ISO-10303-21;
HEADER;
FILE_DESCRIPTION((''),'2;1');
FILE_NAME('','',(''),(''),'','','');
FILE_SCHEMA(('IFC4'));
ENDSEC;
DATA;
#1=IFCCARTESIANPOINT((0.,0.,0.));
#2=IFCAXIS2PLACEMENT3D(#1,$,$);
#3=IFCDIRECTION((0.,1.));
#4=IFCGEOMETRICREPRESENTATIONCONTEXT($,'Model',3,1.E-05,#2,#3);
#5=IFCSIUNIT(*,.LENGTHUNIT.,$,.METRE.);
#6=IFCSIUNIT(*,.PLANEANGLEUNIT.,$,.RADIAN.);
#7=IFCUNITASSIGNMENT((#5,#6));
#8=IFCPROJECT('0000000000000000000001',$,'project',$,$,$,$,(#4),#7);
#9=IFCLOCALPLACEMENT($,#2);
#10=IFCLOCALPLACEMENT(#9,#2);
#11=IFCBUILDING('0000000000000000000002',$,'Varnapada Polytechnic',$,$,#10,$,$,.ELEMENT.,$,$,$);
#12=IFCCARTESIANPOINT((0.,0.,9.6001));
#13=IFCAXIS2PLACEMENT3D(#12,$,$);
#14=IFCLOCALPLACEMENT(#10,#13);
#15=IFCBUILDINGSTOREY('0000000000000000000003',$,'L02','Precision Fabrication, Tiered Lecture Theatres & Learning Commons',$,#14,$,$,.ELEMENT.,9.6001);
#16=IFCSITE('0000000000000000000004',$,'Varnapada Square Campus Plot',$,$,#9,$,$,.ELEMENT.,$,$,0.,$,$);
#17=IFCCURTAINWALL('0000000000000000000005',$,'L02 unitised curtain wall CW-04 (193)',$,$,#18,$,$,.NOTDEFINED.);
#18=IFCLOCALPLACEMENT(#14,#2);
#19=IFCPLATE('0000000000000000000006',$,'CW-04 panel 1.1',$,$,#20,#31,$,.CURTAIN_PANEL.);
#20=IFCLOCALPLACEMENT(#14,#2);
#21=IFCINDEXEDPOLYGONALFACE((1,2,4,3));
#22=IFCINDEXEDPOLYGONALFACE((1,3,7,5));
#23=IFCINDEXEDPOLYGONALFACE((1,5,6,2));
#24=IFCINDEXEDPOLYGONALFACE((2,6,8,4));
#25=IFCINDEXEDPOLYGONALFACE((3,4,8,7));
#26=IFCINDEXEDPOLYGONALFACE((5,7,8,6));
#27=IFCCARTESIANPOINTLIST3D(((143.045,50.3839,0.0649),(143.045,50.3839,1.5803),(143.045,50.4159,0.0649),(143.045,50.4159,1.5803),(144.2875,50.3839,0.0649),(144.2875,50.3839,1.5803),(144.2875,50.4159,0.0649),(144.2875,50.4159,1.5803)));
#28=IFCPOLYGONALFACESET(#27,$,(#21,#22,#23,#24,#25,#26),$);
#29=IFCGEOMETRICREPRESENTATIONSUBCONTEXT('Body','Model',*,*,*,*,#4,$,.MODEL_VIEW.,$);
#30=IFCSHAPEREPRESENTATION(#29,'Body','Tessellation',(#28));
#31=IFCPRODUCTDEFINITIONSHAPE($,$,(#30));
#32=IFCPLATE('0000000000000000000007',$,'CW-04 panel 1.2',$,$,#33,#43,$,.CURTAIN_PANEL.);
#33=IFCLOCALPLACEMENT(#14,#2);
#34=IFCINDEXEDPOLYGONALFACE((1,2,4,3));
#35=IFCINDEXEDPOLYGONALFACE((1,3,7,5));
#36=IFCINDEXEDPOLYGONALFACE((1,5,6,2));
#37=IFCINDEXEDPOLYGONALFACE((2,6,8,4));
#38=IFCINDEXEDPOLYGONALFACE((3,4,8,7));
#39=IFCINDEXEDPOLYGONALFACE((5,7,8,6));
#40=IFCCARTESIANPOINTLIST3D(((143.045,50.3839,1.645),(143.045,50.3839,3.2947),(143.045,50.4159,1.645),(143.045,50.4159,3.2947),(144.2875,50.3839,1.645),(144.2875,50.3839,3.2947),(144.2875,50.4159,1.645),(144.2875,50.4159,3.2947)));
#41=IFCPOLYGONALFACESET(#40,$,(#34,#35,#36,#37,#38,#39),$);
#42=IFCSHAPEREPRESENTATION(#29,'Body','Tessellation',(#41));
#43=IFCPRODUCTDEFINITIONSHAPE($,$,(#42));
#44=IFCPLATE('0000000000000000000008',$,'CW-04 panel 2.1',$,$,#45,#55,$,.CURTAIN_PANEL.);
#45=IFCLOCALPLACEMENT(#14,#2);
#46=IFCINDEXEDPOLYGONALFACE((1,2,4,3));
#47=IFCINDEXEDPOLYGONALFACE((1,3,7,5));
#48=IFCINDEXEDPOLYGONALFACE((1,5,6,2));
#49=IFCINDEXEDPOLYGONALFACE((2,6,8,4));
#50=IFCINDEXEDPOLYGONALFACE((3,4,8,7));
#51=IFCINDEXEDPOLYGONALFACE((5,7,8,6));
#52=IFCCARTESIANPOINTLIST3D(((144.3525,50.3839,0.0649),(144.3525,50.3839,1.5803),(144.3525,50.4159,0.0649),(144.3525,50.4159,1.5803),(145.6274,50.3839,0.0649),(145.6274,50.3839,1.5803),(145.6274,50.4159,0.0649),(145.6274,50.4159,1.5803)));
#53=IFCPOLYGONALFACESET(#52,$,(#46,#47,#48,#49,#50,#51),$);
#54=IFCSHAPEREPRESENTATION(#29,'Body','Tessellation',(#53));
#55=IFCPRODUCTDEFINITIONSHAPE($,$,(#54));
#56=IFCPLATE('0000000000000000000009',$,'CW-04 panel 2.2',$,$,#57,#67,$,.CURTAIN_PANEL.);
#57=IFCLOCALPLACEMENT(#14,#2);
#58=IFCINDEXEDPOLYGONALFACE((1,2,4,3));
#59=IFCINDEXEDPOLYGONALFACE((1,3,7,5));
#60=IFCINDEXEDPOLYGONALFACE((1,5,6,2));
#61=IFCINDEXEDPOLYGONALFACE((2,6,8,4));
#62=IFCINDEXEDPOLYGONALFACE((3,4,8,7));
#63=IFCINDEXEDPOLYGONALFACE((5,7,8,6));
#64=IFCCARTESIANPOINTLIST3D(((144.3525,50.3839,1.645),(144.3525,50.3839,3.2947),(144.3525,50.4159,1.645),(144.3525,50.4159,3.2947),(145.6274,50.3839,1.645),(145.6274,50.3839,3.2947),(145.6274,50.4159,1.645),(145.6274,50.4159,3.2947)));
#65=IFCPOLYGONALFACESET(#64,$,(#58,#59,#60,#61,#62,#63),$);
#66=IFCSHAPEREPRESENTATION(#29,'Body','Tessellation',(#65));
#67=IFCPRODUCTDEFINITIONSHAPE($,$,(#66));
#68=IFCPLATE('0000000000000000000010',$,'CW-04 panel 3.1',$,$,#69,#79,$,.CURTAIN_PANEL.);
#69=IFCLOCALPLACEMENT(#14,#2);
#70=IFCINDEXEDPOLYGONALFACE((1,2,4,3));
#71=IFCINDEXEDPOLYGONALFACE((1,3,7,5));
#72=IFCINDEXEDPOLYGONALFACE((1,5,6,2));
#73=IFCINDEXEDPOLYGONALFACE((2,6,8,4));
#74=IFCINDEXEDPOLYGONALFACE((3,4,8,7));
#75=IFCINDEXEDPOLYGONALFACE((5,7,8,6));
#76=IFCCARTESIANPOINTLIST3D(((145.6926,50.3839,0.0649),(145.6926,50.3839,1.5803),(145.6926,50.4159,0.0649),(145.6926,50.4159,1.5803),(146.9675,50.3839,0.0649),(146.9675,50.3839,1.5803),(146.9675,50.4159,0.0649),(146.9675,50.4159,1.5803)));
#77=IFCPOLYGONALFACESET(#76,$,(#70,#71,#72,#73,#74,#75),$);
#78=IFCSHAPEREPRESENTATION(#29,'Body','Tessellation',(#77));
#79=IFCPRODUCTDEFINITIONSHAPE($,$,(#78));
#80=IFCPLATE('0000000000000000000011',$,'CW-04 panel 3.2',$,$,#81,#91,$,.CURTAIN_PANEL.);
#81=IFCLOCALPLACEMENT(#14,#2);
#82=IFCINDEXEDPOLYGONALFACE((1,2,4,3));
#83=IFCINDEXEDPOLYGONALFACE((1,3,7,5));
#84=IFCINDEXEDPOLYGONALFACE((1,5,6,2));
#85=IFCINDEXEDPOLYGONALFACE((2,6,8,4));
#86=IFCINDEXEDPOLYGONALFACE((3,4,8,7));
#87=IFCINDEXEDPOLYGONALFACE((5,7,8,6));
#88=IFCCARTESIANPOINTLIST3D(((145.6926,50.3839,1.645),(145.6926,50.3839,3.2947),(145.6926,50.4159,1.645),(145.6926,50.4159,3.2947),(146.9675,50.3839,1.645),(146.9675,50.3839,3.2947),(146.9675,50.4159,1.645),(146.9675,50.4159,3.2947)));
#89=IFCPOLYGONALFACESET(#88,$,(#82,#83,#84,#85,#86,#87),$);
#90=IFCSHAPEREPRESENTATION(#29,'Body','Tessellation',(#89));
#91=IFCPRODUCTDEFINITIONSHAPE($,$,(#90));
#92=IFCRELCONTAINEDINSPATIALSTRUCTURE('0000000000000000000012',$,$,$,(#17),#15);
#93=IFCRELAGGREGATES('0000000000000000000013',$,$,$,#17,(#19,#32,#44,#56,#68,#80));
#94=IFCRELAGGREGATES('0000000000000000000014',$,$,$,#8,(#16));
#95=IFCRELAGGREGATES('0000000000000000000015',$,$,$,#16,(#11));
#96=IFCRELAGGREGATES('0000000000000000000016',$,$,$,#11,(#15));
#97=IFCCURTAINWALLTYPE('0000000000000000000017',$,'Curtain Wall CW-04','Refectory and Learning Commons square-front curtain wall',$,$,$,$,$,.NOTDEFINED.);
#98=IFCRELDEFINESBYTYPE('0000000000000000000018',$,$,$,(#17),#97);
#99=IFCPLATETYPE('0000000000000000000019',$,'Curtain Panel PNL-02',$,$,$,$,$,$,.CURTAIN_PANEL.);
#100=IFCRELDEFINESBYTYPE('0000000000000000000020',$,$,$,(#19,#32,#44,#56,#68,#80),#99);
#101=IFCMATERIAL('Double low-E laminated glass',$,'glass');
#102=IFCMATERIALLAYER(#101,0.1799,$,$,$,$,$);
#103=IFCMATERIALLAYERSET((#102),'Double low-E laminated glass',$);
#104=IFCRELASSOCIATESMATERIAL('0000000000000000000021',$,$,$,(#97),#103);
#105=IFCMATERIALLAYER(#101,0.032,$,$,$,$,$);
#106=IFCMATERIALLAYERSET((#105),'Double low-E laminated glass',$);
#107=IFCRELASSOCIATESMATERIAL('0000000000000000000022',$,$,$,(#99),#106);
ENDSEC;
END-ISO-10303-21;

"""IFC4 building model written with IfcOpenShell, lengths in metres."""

from ifc_helpers import new_model, si_unit, direction, frame, origin, origin_2d, place, context, subcontext, project, spatial, rectangle, extrude, material, layer, layer_set, type_object, element, aggregate, save


model = new_model("IFC4")

# Units and contexts
model_context = context("Model", 3, precision=1e-05, world=origin(), true_north=direction((0.0, 1.0)))
body_context = subcontext(model_context, "Body", "Model", "MODEL_VIEW")
ifc_project = project(units=[si_unit("LENGTHUNIT", "METRE"), si_unit("PLANEANGLEUNIT", "RADIAN")], contexts=[model_context])

# Site, building, storey
site_placement = place(None, origin())
site = spatial("IfcSite", under=ifc_project, at=site_placement, Name="Varnapada Square Campus Plot", CompositionType="ELEMENT", RefElevation=0.0)
building_placement = place(site_placement, origin())
building = spatial("IfcBuilding", under=site, at=building_placement, Name="Varnapada Polytechnic", CompositionType="ELEMENT")
storey_placement = place(building_placement, frame((0.0, 0.0, 9.6001)))
storey = spatial("IfcBuildingStorey", under=building, at=storey_placement, Name="L02", Description="Precision Fabrication, Tiered Lecture Theatres & Learning Commons", CompositionType="ELEMENT", Elevation=9.6001)

# Curtain wall, plates
ifc_material_1 = material(Name="Double low-E laminated glass", Category="glass")
ifc_layer_1 = layer(ifc_material_1, 0.1799)
ifc_layer_set_1 = layer_set([ifc_layer_1], Name="Double low-E laminated glass")
curtain_wall_type = type_object("IfcCurtainWallType", Name="Curtain Wall CW-04", Description="Refectory and Learning Commons square-front curtain wall", PredefinedType="NOTDEFINED", material=ifc_layer_set_1)
curtain_wall_placement = place(storey_placement, origin())
curtain_wall = element("IfcCurtainWall", 1, at=curtain_wall_placement, inside=storey, type_object=curtain_wall_type, Name="L02 unitised curtain wall CW-04 (193)", PredefinedType="NOTDEFINED")
ifc_layer_2 = layer(ifc_material_1, 0.032)
ifc_layer_set_2 = layer_set([ifc_layer_2], Name="Double low-E laminated glass")
plate_type = type_object("IfcPlateType", Name="Curtain Panel PNL-02", PredefinedType="CURTAIN_PANEL", material=ifc_layer_set_2)
plate_1_placement = place(storey_placement, frame((143.6663, 50.3999, 0.0649), z_axis=(0.0, 0.0, 1.0), x_axis=(1.0, 0.0, 0.0)))
plate_1 = element("IfcPlate", 2, at=plate_1_placement, type_object=plate_type, Name="CW-04 panel 1.1", PredefinedType="CURTAIN_PANEL", context=body_context, shape_type="SweptSolid", body=[
    extrude(rectangle(XDim=1.2424, YDim=0.032, at=origin_2d()), origin(), (0.0, 0.0, 1.0), 1.5154),
])
plate_2_placement = place(storey_placement, frame((143.6663, 50.3999, 1.645), z_axis=(0.0, 0.0, 1.0), x_axis=(1.0, 0.0, 0.0)))
plate_2 = element("IfcPlate", 3, at=plate_2_placement, type_object=plate_type, Name="CW-04 panel 1.2", PredefinedType="CURTAIN_PANEL", context=body_context, shape_type="SweptSolid", body=[
    extrude(rectangle(XDim=1.2424, YDim=0.032, at=origin_2d()), origin(), (0.0, 0.0, 1.0), 1.6497),
])
plate_3_placement = place(storey_placement, frame((144.99, 50.3999, 0.0649), z_axis=(0.0, 0.0, 1.0), x_axis=(1.0, 0.0, 0.0)))
plate_3 = element("IfcPlate", 4, at=plate_3_placement, type_object=plate_type, Name="CW-04 panel 2.1", PredefinedType="CURTAIN_PANEL", context=body_context, shape_type="SweptSolid", body=[
    extrude(rectangle(XDim=1.2749, YDim=0.032, at=origin_2d()), origin(), (0.0, 0.0, 1.0), 1.5154),
])
plate_4_placement = place(storey_placement, frame((144.99, 50.3999, 1.645), z_axis=(0.0, 0.0, 1.0), x_axis=(1.0, 0.0, 0.0)))
plate_4 = element("IfcPlate", 5, at=plate_4_placement, type_object=plate_type, Name="CW-04 panel 2.2", PredefinedType="CURTAIN_PANEL", context=body_context, shape_type="SweptSolid", body=[
    extrude(rectangle(XDim=1.2749, YDim=0.032, at=origin_2d()), origin(), (0.0, 0.0, 1.0), 1.6497),
])
plate_5_placement = place(storey_placement, frame((146.3301, 50.3999, 0.0649), z_axis=(0.0, 0.0, 1.0), x_axis=(1.0, 0.0, 0.0)))
plate_5 = element("IfcPlate", 6, at=plate_5_placement, type_object=plate_type, Name="CW-04 panel 3.1", PredefinedType="CURTAIN_PANEL", context=body_context, shape_type="SweptSolid", body=[
    extrude(rectangle(XDim=1.2749, YDim=0.032, at=origin_2d()), origin(), (0.0, 0.0, 1.0), 1.5154),
])
plate_6_placement = place(storey_placement, frame((146.3301, 50.3999, 1.645), z_axis=(0.0, 0.0, 1.0), x_axis=(1.0, 0.0, 0.0)))
plate_6 = element("IfcPlate", 7, at=plate_6_placement, type_object=plate_type, Name="CW-04 panel 3.2", PredefinedType="CURTAIN_PANEL", context=body_context, shape_type="SweptSolid", body=[
    extrude(rectangle(XDim=1.2749, YDim=0.032, at=origin_2d()), origin(), (0.0, 0.0, 1.0), 1.6497),
])
aggregate(curtain_wall, [plate_1, plate_2, plate_3, plate_4, plate_5, plate_6])

save(model, "model.ifc")
